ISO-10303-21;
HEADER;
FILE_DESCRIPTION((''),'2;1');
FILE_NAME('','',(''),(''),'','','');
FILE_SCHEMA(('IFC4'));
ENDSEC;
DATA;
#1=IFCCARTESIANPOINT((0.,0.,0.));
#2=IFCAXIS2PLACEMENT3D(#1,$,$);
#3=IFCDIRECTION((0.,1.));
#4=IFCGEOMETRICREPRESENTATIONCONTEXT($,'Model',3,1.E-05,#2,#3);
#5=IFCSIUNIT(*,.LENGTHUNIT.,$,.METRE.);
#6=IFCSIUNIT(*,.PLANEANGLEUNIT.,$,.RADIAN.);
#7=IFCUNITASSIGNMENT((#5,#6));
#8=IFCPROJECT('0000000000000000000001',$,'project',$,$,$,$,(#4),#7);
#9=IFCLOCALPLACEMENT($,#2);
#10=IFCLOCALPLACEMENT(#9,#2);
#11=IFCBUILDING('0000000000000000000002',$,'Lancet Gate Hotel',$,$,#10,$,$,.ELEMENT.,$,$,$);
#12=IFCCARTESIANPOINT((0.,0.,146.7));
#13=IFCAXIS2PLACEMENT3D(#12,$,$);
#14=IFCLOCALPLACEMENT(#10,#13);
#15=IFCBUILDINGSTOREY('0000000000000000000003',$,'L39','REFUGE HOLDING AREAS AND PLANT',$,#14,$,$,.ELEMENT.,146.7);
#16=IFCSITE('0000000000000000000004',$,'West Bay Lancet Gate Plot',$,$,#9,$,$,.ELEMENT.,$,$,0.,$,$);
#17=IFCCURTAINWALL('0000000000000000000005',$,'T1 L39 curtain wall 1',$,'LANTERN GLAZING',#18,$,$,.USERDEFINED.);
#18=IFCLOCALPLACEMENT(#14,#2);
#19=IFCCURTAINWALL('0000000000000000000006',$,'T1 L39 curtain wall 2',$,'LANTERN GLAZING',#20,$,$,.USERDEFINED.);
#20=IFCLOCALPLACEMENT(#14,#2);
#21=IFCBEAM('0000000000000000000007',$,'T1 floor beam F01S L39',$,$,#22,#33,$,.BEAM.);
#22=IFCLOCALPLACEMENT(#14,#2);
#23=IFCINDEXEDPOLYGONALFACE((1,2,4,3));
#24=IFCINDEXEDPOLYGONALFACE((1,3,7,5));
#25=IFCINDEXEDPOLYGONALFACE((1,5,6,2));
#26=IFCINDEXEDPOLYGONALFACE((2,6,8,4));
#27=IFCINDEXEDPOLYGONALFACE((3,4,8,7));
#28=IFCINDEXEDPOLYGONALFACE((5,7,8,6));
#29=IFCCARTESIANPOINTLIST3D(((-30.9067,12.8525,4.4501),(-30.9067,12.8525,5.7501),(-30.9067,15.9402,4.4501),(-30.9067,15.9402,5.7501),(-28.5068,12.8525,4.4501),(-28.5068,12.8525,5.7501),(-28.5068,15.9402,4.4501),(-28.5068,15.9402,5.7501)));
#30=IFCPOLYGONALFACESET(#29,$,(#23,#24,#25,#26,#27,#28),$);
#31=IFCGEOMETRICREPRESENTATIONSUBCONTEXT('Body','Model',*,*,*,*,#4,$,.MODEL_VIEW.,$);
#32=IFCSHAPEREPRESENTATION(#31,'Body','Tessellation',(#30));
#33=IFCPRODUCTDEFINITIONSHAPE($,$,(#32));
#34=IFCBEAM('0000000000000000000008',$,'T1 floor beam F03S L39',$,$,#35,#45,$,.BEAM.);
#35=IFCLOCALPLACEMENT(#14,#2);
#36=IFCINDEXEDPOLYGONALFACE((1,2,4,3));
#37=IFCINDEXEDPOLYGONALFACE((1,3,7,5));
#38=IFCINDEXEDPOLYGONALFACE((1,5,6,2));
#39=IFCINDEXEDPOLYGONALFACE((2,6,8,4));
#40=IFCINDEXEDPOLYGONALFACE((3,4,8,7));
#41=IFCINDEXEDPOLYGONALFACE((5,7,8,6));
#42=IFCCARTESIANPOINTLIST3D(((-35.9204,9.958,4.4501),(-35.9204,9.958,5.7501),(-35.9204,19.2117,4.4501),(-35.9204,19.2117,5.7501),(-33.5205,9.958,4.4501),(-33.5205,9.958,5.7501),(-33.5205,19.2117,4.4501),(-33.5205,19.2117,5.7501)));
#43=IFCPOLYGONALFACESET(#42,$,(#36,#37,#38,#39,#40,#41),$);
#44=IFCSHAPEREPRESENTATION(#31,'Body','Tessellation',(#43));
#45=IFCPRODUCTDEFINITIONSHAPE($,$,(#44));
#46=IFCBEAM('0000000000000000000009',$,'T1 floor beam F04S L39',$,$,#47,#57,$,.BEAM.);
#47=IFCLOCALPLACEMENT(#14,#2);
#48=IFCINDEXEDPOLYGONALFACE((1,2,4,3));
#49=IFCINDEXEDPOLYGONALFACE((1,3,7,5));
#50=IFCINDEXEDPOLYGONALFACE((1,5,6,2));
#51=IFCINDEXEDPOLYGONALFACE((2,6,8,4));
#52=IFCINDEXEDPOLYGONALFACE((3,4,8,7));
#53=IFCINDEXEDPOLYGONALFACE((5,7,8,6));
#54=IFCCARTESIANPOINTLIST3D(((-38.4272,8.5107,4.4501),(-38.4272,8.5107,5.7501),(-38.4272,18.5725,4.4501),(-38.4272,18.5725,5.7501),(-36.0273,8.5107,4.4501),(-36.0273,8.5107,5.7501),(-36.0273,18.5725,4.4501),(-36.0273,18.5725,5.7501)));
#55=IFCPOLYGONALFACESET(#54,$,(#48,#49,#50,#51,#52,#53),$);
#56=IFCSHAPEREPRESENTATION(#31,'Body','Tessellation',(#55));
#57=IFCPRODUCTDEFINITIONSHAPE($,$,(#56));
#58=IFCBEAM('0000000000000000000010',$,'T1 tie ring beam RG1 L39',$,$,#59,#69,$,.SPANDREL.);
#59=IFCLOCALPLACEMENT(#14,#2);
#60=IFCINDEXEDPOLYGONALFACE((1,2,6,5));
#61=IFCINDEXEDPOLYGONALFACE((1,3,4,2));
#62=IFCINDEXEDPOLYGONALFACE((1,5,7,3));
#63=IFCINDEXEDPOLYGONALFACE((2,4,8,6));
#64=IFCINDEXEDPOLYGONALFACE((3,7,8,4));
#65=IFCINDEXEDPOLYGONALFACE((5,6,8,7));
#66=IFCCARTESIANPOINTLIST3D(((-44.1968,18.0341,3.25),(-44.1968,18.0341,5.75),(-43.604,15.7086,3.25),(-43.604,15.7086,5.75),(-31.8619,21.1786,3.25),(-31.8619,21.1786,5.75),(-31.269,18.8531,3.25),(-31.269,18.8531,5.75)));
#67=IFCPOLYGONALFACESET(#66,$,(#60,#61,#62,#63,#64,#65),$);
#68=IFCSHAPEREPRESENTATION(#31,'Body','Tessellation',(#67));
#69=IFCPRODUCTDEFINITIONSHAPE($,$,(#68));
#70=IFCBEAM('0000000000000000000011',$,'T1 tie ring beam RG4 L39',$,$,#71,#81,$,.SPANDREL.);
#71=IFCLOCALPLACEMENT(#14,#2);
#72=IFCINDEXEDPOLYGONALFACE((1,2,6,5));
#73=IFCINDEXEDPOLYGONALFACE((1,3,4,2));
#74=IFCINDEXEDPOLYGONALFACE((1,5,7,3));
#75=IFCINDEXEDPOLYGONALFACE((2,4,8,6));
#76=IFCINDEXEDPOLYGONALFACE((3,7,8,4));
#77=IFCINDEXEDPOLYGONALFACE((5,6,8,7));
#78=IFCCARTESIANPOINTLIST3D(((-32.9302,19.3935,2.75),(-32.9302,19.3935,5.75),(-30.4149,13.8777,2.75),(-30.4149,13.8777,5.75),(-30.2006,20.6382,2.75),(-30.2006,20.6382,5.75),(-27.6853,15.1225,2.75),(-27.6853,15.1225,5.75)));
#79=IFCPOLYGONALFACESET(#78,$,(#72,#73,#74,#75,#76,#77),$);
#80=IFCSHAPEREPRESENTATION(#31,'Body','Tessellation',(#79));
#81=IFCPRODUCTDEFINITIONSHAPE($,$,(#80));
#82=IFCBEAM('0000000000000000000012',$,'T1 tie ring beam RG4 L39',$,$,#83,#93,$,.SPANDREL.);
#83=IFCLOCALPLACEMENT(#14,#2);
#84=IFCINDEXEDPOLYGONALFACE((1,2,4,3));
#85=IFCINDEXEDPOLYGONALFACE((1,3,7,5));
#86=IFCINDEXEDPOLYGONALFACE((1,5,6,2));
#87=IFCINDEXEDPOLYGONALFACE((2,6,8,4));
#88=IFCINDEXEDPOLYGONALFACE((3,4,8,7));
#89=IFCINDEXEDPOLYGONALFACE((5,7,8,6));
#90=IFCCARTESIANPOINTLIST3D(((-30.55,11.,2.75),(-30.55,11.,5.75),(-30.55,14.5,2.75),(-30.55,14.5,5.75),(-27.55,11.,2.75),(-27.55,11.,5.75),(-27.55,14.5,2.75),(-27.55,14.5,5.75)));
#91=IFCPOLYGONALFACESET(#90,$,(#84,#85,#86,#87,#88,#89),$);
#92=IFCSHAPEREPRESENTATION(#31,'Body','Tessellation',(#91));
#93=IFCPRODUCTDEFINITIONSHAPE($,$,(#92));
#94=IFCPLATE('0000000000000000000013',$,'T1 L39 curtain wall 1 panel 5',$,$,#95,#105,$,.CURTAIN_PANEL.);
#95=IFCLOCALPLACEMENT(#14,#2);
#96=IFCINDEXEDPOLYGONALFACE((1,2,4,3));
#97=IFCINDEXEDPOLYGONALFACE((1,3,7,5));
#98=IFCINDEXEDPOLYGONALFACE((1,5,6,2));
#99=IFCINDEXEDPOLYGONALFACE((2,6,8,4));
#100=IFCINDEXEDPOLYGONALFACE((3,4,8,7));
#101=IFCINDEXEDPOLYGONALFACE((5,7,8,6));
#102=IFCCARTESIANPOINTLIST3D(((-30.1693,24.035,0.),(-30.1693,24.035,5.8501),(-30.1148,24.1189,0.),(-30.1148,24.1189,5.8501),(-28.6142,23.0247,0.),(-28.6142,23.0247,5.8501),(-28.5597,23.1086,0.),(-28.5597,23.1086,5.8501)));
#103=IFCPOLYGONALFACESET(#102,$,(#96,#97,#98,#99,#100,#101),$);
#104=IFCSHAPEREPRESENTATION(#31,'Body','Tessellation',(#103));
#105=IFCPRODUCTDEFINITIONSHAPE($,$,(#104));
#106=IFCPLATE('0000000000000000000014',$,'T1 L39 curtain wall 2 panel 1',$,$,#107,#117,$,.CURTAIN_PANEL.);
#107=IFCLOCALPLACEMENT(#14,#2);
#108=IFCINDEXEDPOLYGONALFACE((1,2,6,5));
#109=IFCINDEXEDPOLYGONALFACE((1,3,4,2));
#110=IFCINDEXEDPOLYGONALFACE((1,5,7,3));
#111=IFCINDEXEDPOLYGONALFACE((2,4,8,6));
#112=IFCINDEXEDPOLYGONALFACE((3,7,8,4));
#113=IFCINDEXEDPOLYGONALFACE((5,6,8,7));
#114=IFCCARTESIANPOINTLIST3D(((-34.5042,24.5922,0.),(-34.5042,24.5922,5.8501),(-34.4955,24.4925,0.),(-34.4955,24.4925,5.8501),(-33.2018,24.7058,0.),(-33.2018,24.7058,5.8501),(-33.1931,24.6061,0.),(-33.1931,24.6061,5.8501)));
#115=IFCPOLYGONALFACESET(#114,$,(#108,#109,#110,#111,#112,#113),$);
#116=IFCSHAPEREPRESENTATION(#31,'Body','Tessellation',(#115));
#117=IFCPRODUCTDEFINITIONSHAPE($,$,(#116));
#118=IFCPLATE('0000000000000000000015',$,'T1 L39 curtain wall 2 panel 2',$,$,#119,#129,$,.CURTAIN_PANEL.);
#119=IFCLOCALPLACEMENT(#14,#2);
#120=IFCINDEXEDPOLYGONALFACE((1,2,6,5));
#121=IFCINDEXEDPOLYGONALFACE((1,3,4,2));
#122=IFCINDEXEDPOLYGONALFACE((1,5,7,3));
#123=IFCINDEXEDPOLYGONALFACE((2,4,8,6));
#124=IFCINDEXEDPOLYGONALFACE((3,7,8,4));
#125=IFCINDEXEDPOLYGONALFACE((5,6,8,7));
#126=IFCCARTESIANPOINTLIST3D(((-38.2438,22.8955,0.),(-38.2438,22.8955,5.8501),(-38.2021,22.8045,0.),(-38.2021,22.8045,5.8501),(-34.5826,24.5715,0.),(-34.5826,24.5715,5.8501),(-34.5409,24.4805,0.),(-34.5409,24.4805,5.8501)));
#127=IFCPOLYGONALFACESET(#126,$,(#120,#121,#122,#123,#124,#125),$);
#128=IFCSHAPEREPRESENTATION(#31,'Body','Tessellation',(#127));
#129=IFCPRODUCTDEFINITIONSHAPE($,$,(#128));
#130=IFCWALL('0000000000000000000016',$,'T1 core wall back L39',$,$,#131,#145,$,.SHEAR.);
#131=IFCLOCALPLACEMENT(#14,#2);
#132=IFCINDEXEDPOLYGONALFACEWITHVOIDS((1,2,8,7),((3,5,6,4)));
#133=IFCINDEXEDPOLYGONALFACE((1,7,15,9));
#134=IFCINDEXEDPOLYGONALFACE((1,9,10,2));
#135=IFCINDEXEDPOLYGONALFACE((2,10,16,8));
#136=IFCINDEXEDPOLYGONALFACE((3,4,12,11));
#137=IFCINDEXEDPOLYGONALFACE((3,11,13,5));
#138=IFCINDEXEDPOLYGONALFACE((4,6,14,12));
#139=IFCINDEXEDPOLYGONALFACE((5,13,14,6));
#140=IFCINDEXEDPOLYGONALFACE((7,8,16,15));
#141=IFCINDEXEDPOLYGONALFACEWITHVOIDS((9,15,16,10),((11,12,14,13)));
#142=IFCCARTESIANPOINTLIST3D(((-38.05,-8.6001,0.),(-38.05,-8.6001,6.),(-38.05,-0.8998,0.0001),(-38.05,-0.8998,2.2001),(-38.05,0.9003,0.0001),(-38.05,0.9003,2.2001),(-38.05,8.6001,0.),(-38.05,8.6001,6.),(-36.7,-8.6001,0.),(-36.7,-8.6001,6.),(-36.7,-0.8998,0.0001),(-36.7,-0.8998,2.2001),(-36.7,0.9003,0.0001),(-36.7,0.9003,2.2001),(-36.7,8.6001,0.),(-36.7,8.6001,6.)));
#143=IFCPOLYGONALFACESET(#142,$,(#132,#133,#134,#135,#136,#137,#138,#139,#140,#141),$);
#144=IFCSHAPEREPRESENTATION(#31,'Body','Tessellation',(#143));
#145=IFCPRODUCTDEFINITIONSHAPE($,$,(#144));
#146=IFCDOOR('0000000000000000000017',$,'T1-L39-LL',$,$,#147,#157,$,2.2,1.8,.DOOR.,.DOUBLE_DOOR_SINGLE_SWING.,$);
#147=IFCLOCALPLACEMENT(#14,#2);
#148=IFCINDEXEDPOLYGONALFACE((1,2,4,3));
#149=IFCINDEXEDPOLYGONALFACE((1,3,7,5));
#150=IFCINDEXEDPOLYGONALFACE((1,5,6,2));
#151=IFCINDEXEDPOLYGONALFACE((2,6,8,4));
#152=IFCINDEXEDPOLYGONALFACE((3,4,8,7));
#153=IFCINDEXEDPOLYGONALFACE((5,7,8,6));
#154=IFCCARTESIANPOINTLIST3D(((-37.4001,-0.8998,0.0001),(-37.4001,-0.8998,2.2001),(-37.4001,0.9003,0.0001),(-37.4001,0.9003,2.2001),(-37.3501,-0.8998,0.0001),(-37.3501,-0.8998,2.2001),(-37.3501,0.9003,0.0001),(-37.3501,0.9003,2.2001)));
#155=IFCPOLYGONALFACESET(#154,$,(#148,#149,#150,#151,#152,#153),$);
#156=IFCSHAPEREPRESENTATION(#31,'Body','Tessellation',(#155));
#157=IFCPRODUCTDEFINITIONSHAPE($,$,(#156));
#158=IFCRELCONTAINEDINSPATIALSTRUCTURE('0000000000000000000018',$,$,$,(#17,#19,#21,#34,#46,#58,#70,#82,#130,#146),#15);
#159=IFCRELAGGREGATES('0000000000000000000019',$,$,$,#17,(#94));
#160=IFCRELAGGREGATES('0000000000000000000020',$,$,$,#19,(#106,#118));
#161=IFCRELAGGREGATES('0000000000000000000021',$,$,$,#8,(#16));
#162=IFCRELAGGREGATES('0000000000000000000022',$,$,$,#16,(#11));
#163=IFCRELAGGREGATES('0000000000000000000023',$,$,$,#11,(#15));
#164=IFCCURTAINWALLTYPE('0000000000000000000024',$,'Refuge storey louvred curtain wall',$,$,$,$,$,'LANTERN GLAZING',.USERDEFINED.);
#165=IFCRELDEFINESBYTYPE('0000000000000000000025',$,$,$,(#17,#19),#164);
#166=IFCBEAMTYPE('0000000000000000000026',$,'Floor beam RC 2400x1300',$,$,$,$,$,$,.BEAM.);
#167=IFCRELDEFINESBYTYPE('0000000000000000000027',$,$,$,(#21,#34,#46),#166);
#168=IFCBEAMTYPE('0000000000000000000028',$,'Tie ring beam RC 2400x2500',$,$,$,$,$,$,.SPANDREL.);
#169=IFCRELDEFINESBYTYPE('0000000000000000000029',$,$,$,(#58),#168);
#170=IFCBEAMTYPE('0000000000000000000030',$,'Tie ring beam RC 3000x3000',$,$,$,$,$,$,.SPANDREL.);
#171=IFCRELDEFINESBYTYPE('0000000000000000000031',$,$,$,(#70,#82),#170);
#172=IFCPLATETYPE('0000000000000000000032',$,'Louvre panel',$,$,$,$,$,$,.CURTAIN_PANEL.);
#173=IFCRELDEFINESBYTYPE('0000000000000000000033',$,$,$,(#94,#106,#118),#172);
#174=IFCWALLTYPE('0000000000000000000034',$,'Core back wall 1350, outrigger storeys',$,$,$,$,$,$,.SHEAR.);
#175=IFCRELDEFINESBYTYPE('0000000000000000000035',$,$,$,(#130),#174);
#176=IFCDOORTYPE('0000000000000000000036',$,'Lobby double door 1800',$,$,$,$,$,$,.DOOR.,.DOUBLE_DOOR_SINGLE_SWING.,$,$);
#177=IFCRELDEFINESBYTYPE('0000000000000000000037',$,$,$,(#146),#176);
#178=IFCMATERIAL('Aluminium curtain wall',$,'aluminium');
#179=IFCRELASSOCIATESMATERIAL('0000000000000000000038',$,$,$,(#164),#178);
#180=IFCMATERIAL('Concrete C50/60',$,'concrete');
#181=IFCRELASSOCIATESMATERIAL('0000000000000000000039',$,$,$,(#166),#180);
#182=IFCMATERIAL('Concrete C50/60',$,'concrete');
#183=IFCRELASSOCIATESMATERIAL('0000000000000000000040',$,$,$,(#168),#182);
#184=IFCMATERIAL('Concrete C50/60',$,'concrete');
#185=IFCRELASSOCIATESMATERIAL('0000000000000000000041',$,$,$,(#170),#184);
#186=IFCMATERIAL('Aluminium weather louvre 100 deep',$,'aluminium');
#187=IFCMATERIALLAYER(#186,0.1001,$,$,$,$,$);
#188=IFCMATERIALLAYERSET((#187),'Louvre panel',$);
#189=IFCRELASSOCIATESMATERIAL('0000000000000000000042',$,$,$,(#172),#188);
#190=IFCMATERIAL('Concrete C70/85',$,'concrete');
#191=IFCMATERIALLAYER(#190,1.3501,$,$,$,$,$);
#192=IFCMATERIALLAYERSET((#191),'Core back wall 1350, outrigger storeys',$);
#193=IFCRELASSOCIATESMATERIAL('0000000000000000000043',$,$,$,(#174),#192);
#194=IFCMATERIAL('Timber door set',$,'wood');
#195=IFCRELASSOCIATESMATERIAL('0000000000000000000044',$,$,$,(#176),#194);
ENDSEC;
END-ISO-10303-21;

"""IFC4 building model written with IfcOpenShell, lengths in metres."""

from ifc_helpers import new_model, si_unit, direction, frame, frame_2d, origin, origin_2d, place, context, subcontext, project, spatial, rectangle, extrude, material, layer, layer_set, material_profile, profile_set, type_object, element, fill, aggregate, save


model = new_model("IFC4")

# Units and contexts
model_context = context("Model", 3, precision=1e-05, world=origin(), true_north=direction((0.0, 1.0)))
body_context = subcontext(model_context, "Body", "Model", "MODEL_VIEW")
ifc_project = project(units=[si_unit("LENGTHUNIT", "METRE"), si_unit("PLANEANGLEUNIT", "RADIAN")], contexts=[model_context])

# Site, building, storey
site_placement = place(None, origin())
site = spatial("IfcSite", under=ifc_project, at=site_placement, Name="West Bay Lancet Gate Plot", CompositionType="ELEMENT", RefElevation=0.0)
building_placement = place(site_placement, origin())
building = spatial("IfcBuilding", under=site, at=building_placement, Name="Lancet Gate Hotel", CompositionType="ELEMENT")
storey_placement = place(building_placement, frame((0.0, 0.0, 146.7)))
storey = spatial("IfcBuildingStorey", under=building, at=storey_placement, Name="L39", Description="REFUGE HOLDING AREAS AND PLANT", CompositionType="ELEMENT", Elevation=146.7)

# Curtain wall
ifc_material_1 = material(Name="Aluminium curtain wall", Category="aluminium")
curtain_wall_type = type_object("IfcCurtainWallType", Name="Refuge storey louvred curtain wall", ElementType="LANTERN GLAZING", PredefinedType="USERDEFINED", material=ifc_material_1)
curtain_wall_1_placement = place(storey_placement, origin())
curtain_wall_1 = element("IfcCurtainWall", 1, at=curtain_wall_1_placement, inside=storey, type_object=curtain_wall_type, Name="T1 L39 curtain wall 1", ObjectType="LANTERN GLAZING", PredefinedType="USERDEFINED")

# Curtain wall
curtain_wall_2_placement = place(storey_placement, origin())
curtain_wall_2 = element("IfcCurtainWall", 2, at=curtain_wall_2_placement, inside=storey, type_object=curtain_wall_type, Name="T1 L39 curtain wall 2", ObjectType="LANTERN GLAZING", PredefinedType="USERDEFINED")

# Beams
ifc_material_2 = material(Name="Concrete C50/60", Category="concrete")
ifc_material_profile_1 = material_profile(ifc_material_2, rectangle(XDim=2.3999, YDim=1.3, at=origin_2d()), Name="RC 2400x1300")
ifc_profile_set_1 = profile_set([ifc_material_profile_1], Name="Concrete C50/60")
beam_type_1 = type_object("IfcBeamType", Name="Floor beam RC 2400x1300", PredefinedType="BEAM", material=ifc_profile_set_1)
beam_1_placement = place(storey_placement, frame((-29.7068, 15.9402, 5.1001), z_axis=(0.0, -1.0, 0.0), x_axis=(1.0, 0.0, 0.0)))
element("IfcBeam", 3, at=beam_1_placement, inside=storey, type_object=beam_type_1, Name="T1 floor beam F01S L39", PredefinedType="BEAM", context=body_context, shape_type="SweptSolid", body=[
    extrude(rectangle(XDim=2.3999, YDim=1.3, at=origin_2d()), origin(), (0.0, 0.0, 1.0), 3.0876),
])
beam_2_placement = place(storey_placement, frame((-34.7205, 19.2117, 5.1001), z_axis=(0.0, -1.0, 0.0), x_axis=(1.0, 0.0, 0.0)))
element("IfcBeam", 4, at=beam_2_placement, inside=storey, type_object=beam_type_1, Name="T1 floor beam F03S L39", PredefinedType="BEAM", context=body_context, shape_type="SweptSolid", body=[
    extrude(rectangle(XDim=2.3999, YDim=1.3, at=origin_2d()), origin(), (0.0, 0.0, 1.0), 9.2537),
])
beam_3_placement = place(storey_placement, frame((-37.2273, 18.5725, 5.1001), z_axis=(0.0, -1.0, 0.0), x_axis=(1.0, 0.0, 0.0)))
element("IfcBeam", 5, at=beam_3_placement, inside=storey, type_object=beam_type_1, Name="T1 floor beam F04S L39", PredefinedType="BEAM", context=body_context, shape_type="SweptSolid", body=[
    extrude(rectangle(XDim=2.3999, YDim=1.3, at=origin_2d()), origin(), (0.0, 0.0, 1.0), 10.0618),
])
ifc_material_3 = material(Name="Concrete C50/60", Category="concrete")
ifc_material_profile_2 = material_profile(ifc_material_3, rectangle(XDim=2.3999, YDim=2.5, at=origin_2d()), Name="RC 2400x2500")
ifc_profile_set_2 = profile_set([ifc_material_profile_2], Name="Concrete C50/60")
beam_type_2 = type_object("IfcBeamType", Name="Tie ring beam RC 2400x2500", PredefinedType="SPANDREL", material=ifc_profile_set_2)
beam_4_placement = place(storey_placement, frame((-31.5654, 20.0159, 4.5), z_axis=(-0.969008, -0.247028, 0.0), x_axis=(0.247028, -0.969008, 0.0)))
element("IfcBeam", 6, at=beam_4_placement, inside=storey, type_object=beam_type_2, Name="T1 tie ring beam RG1 L39", PredefinedType="SPANDREL", context=body_context, shape_type="SweptSolid", body=[
    extrude(rectangle(XDim=2.3999, YDim=2.5, at=origin_2d()), origin(), (0.0, 0.0, 1.0), 12.7295),
])
ifc_material_4 = material(Name="Concrete C50/60", Category="concrete")
ifc_material_profile_3 = material_profile(ifc_material_4, rectangle(XDim=3.0, YDim=3.0, at=origin_2d()), Name="RC 3000x3000")
ifc_profile_set_3 = profile_set([ifc_material_profile_3], Name="Concrete C50/60")
beam_type_3 = type_object("IfcBeamType", Name="Tie ring beam RC 3000x3000", PredefinedType="SPANDREL", material=ifc_profile_set_3)
beam_5_placement = place(storey_placement, frame((-31.5654, 20.0159, 4.25), z_axis=(0.414919, -0.909858, 0.0), x_axis=(0.909858, 0.414919, 0.0)))
element("IfcBeam", 7, at=beam_5_placement, inside=storey, type_object=beam_type_3, Name="T1 tie ring beam RG4 L39", PredefinedType="SPANDREL", context=body_context, shape_type="SweptSolid", body=[
    extrude(rectangle(XDim=3.0, YDim=3.0, at=origin_2d()), origin(), (0.0, 0.0, 1.0), 6.0623),
])
beam_6_placement = place(storey_placement, frame((-29.05, 14.5, 4.25), z_axis=(0.0, -1.0, 0.0), x_axis=(1.0, 0.0, 0.0)))
element("IfcBeam", 8, at=beam_6_placement, inside=storey, type_object=beam_type_3, Name="T1 tie ring beam RG4 L39", PredefinedType="SPANDREL", context=body_context, shape_type="SweptSolid", body=[
    extrude(rectangle(XDim=3.0, YDim=3.0, at=origin_2d()), origin(), (0.0, 0.0, 1.0), 3.5),
])

# Plates
ifc_material_5 = material(Name="Aluminium weather louvre 100 deep", Category="aluminium")
ifc_layer_1 = layer(ifc_material_5, 0.1001)
ifc_layer_set_1 = layer_set([ifc_layer_1], Name="Louvre panel")
plate_type = type_object("IfcPlateType", Name="Louvre panel", PredefinedType="CURTAIN_PANEL", material=ifc_layer_set_1)
plate_1_placement = place(storey_placement, frame((-29.3645, 23.5718, 0.0), z_axis=(0.0, 0.0, 1.0), x_axis=(-0.83858, 0.544778, 0.0)))
plate_1 = element("IfcPlate", 9, at=plate_1_placement, type_object=plate_type, Name="T1 L39 curtain wall 1 panel 5", PredefinedType="CURTAIN_PANEL", context=body_context, shape_type="SweptSolid", body=[
    extrude(rectangle(XDim=1.8545, YDim=0.1001, at=origin_2d()), origin(), (0.0, 0.0, 1.0), 5.8501),
])
aggregate(curtain_wall_1, [plate_1])
plate_2_placement = place(storey_placement, frame((-33.8486, 24.5991, 0.0), z_axis=(0.0, 0.0, 1.0), x_axis=(-0.996219, -0.08688, 0.0)))
plate_2 = element("IfcPlate", 10, at=plate_2_placement, type_object=plate_type, Name="T1 L39 curtain wall 2 panel 1", PredefinedType="CURTAIN_PANEL", context=body_context, shape_type="SweptSolid", body=[
    extrude(rectangle(XDim=1.3074, YDim=0.1001, at=origin_2d()), origin(), (0.0, 0.0, 1.0), 5.8501),
])
plate_3_placement = place(storey_placement, frame((-36.3923, 23.688, 0.0), z_axis=(0.0, 0.0, 1.0), x_axis=(-0.909253, -0.416245, 0.0)))
plate_3 = element("IfcPlate", 11, at=plate_3_placement, type_object=plate_type, Name="T1 L39 curtain wall 2 panel 2", PredefinedType="CURTAIN_PANEL", context=body_context, shape_type="SweptSolid", body=[
    extrude(rectangle(XDim=4.0266, YDim=0.1001, at=origin_2d()), origin(), (0.0, 0.0, 1.0), 5.8501),
])
aggregate(curtain_wall_2, [plate_2, plate_3])

# Wall, opening, door
ifc_material_6 = material(Name="Concrete C70/85", Category="concrete")
ifc_layer_2 = layer(ifc_material_6, 1.3501)
ifc_layer_set_2 = layer_set([ifc_layer_2], Name="Core back wall 1350, outrigger storeys")
wall_type_1 = type_object("IfcWallType", Name="Core back wall 1350, outrigger storeys", PredefinedType="SHEAR", material=ifc_layer_set_2)
wall_1_placement = place(storey_placement, frame((-37.375, 8.6001, 0.0), z_axis=(0.0, 0.0, 1.0), x_axis=(0.0, -1.0, 0.0)))
wall_1 = element("IfcWall", 12, at=wall_1_placement, inside=storey, type_object=wall_type_1, Name="T1 core wall back L39", PredefinedType="SHEAR", context=body_context, shape_type="SweptSolid", body=[
    extrude(rectangle(XDim=17.2002, YDim=1.3501, at=frame_2d((8.6001, 0.0))), origin(), (0.0, 0.0, 1.0), 6.0),
])
opening_1_placement = place(wall_1_placement, frame((7.7, 0.0, 0.0)))
opening_1 = element("IfcOpeningElement", 13, at=opening_1_placement, cuts=wall_1, PredefinedType="OPENING", context=body_context, shape_type="SweptSolid", body=[
    extrude(rectangle(XDim=1.8, YDim=2.2, at=frame_2d((0.8999, 1.1001))), frame((0.0, 0.6851, 0.0), z_axis=(0.0, -1.0, 0.0), x_axis=(1.0, 0.0, 0.0)), (0.0, 0.0, 1.0), 1.3701),
])
ifc_material_7 = material(Name="Timber door set", Category="wood")
door_type_1 = type_object("IfcDoorType", Name="Lobby double door 1800", OperationType="DOUBLE_DOOR_SINGLE_SWING", PredefinedType="DOOR", material=ifc_material_7)
door_1_placement = place(opening_1_placement, origin())
door_1 = element("IfcDoor", 14, at=door_1_placement, inside=storey, type_object=door_type_1, Name="T1-L39-LL", OperationType="DOUBLE_DOOR_SINGLE_SWING", OverallHeight=2.2, OverallWidth=1.8, PredefinedType="DOOR", context=body_context, shape_type="SweptSolid", body=[
    extrude(rectangle(XDim=1.8, YDim=2.2, at=frame_2d((0.8999, 1.1001))), frame((0.0, 0.0249, 0.0), z_axis=(0.0, -1.0, 0.0), x_axis=(1.0, 0.0, 0.0)), (0.0, 0.0, 1.0), 0.05),
])
fill(opening_1, door_1)

save(model, "model.ifc")
